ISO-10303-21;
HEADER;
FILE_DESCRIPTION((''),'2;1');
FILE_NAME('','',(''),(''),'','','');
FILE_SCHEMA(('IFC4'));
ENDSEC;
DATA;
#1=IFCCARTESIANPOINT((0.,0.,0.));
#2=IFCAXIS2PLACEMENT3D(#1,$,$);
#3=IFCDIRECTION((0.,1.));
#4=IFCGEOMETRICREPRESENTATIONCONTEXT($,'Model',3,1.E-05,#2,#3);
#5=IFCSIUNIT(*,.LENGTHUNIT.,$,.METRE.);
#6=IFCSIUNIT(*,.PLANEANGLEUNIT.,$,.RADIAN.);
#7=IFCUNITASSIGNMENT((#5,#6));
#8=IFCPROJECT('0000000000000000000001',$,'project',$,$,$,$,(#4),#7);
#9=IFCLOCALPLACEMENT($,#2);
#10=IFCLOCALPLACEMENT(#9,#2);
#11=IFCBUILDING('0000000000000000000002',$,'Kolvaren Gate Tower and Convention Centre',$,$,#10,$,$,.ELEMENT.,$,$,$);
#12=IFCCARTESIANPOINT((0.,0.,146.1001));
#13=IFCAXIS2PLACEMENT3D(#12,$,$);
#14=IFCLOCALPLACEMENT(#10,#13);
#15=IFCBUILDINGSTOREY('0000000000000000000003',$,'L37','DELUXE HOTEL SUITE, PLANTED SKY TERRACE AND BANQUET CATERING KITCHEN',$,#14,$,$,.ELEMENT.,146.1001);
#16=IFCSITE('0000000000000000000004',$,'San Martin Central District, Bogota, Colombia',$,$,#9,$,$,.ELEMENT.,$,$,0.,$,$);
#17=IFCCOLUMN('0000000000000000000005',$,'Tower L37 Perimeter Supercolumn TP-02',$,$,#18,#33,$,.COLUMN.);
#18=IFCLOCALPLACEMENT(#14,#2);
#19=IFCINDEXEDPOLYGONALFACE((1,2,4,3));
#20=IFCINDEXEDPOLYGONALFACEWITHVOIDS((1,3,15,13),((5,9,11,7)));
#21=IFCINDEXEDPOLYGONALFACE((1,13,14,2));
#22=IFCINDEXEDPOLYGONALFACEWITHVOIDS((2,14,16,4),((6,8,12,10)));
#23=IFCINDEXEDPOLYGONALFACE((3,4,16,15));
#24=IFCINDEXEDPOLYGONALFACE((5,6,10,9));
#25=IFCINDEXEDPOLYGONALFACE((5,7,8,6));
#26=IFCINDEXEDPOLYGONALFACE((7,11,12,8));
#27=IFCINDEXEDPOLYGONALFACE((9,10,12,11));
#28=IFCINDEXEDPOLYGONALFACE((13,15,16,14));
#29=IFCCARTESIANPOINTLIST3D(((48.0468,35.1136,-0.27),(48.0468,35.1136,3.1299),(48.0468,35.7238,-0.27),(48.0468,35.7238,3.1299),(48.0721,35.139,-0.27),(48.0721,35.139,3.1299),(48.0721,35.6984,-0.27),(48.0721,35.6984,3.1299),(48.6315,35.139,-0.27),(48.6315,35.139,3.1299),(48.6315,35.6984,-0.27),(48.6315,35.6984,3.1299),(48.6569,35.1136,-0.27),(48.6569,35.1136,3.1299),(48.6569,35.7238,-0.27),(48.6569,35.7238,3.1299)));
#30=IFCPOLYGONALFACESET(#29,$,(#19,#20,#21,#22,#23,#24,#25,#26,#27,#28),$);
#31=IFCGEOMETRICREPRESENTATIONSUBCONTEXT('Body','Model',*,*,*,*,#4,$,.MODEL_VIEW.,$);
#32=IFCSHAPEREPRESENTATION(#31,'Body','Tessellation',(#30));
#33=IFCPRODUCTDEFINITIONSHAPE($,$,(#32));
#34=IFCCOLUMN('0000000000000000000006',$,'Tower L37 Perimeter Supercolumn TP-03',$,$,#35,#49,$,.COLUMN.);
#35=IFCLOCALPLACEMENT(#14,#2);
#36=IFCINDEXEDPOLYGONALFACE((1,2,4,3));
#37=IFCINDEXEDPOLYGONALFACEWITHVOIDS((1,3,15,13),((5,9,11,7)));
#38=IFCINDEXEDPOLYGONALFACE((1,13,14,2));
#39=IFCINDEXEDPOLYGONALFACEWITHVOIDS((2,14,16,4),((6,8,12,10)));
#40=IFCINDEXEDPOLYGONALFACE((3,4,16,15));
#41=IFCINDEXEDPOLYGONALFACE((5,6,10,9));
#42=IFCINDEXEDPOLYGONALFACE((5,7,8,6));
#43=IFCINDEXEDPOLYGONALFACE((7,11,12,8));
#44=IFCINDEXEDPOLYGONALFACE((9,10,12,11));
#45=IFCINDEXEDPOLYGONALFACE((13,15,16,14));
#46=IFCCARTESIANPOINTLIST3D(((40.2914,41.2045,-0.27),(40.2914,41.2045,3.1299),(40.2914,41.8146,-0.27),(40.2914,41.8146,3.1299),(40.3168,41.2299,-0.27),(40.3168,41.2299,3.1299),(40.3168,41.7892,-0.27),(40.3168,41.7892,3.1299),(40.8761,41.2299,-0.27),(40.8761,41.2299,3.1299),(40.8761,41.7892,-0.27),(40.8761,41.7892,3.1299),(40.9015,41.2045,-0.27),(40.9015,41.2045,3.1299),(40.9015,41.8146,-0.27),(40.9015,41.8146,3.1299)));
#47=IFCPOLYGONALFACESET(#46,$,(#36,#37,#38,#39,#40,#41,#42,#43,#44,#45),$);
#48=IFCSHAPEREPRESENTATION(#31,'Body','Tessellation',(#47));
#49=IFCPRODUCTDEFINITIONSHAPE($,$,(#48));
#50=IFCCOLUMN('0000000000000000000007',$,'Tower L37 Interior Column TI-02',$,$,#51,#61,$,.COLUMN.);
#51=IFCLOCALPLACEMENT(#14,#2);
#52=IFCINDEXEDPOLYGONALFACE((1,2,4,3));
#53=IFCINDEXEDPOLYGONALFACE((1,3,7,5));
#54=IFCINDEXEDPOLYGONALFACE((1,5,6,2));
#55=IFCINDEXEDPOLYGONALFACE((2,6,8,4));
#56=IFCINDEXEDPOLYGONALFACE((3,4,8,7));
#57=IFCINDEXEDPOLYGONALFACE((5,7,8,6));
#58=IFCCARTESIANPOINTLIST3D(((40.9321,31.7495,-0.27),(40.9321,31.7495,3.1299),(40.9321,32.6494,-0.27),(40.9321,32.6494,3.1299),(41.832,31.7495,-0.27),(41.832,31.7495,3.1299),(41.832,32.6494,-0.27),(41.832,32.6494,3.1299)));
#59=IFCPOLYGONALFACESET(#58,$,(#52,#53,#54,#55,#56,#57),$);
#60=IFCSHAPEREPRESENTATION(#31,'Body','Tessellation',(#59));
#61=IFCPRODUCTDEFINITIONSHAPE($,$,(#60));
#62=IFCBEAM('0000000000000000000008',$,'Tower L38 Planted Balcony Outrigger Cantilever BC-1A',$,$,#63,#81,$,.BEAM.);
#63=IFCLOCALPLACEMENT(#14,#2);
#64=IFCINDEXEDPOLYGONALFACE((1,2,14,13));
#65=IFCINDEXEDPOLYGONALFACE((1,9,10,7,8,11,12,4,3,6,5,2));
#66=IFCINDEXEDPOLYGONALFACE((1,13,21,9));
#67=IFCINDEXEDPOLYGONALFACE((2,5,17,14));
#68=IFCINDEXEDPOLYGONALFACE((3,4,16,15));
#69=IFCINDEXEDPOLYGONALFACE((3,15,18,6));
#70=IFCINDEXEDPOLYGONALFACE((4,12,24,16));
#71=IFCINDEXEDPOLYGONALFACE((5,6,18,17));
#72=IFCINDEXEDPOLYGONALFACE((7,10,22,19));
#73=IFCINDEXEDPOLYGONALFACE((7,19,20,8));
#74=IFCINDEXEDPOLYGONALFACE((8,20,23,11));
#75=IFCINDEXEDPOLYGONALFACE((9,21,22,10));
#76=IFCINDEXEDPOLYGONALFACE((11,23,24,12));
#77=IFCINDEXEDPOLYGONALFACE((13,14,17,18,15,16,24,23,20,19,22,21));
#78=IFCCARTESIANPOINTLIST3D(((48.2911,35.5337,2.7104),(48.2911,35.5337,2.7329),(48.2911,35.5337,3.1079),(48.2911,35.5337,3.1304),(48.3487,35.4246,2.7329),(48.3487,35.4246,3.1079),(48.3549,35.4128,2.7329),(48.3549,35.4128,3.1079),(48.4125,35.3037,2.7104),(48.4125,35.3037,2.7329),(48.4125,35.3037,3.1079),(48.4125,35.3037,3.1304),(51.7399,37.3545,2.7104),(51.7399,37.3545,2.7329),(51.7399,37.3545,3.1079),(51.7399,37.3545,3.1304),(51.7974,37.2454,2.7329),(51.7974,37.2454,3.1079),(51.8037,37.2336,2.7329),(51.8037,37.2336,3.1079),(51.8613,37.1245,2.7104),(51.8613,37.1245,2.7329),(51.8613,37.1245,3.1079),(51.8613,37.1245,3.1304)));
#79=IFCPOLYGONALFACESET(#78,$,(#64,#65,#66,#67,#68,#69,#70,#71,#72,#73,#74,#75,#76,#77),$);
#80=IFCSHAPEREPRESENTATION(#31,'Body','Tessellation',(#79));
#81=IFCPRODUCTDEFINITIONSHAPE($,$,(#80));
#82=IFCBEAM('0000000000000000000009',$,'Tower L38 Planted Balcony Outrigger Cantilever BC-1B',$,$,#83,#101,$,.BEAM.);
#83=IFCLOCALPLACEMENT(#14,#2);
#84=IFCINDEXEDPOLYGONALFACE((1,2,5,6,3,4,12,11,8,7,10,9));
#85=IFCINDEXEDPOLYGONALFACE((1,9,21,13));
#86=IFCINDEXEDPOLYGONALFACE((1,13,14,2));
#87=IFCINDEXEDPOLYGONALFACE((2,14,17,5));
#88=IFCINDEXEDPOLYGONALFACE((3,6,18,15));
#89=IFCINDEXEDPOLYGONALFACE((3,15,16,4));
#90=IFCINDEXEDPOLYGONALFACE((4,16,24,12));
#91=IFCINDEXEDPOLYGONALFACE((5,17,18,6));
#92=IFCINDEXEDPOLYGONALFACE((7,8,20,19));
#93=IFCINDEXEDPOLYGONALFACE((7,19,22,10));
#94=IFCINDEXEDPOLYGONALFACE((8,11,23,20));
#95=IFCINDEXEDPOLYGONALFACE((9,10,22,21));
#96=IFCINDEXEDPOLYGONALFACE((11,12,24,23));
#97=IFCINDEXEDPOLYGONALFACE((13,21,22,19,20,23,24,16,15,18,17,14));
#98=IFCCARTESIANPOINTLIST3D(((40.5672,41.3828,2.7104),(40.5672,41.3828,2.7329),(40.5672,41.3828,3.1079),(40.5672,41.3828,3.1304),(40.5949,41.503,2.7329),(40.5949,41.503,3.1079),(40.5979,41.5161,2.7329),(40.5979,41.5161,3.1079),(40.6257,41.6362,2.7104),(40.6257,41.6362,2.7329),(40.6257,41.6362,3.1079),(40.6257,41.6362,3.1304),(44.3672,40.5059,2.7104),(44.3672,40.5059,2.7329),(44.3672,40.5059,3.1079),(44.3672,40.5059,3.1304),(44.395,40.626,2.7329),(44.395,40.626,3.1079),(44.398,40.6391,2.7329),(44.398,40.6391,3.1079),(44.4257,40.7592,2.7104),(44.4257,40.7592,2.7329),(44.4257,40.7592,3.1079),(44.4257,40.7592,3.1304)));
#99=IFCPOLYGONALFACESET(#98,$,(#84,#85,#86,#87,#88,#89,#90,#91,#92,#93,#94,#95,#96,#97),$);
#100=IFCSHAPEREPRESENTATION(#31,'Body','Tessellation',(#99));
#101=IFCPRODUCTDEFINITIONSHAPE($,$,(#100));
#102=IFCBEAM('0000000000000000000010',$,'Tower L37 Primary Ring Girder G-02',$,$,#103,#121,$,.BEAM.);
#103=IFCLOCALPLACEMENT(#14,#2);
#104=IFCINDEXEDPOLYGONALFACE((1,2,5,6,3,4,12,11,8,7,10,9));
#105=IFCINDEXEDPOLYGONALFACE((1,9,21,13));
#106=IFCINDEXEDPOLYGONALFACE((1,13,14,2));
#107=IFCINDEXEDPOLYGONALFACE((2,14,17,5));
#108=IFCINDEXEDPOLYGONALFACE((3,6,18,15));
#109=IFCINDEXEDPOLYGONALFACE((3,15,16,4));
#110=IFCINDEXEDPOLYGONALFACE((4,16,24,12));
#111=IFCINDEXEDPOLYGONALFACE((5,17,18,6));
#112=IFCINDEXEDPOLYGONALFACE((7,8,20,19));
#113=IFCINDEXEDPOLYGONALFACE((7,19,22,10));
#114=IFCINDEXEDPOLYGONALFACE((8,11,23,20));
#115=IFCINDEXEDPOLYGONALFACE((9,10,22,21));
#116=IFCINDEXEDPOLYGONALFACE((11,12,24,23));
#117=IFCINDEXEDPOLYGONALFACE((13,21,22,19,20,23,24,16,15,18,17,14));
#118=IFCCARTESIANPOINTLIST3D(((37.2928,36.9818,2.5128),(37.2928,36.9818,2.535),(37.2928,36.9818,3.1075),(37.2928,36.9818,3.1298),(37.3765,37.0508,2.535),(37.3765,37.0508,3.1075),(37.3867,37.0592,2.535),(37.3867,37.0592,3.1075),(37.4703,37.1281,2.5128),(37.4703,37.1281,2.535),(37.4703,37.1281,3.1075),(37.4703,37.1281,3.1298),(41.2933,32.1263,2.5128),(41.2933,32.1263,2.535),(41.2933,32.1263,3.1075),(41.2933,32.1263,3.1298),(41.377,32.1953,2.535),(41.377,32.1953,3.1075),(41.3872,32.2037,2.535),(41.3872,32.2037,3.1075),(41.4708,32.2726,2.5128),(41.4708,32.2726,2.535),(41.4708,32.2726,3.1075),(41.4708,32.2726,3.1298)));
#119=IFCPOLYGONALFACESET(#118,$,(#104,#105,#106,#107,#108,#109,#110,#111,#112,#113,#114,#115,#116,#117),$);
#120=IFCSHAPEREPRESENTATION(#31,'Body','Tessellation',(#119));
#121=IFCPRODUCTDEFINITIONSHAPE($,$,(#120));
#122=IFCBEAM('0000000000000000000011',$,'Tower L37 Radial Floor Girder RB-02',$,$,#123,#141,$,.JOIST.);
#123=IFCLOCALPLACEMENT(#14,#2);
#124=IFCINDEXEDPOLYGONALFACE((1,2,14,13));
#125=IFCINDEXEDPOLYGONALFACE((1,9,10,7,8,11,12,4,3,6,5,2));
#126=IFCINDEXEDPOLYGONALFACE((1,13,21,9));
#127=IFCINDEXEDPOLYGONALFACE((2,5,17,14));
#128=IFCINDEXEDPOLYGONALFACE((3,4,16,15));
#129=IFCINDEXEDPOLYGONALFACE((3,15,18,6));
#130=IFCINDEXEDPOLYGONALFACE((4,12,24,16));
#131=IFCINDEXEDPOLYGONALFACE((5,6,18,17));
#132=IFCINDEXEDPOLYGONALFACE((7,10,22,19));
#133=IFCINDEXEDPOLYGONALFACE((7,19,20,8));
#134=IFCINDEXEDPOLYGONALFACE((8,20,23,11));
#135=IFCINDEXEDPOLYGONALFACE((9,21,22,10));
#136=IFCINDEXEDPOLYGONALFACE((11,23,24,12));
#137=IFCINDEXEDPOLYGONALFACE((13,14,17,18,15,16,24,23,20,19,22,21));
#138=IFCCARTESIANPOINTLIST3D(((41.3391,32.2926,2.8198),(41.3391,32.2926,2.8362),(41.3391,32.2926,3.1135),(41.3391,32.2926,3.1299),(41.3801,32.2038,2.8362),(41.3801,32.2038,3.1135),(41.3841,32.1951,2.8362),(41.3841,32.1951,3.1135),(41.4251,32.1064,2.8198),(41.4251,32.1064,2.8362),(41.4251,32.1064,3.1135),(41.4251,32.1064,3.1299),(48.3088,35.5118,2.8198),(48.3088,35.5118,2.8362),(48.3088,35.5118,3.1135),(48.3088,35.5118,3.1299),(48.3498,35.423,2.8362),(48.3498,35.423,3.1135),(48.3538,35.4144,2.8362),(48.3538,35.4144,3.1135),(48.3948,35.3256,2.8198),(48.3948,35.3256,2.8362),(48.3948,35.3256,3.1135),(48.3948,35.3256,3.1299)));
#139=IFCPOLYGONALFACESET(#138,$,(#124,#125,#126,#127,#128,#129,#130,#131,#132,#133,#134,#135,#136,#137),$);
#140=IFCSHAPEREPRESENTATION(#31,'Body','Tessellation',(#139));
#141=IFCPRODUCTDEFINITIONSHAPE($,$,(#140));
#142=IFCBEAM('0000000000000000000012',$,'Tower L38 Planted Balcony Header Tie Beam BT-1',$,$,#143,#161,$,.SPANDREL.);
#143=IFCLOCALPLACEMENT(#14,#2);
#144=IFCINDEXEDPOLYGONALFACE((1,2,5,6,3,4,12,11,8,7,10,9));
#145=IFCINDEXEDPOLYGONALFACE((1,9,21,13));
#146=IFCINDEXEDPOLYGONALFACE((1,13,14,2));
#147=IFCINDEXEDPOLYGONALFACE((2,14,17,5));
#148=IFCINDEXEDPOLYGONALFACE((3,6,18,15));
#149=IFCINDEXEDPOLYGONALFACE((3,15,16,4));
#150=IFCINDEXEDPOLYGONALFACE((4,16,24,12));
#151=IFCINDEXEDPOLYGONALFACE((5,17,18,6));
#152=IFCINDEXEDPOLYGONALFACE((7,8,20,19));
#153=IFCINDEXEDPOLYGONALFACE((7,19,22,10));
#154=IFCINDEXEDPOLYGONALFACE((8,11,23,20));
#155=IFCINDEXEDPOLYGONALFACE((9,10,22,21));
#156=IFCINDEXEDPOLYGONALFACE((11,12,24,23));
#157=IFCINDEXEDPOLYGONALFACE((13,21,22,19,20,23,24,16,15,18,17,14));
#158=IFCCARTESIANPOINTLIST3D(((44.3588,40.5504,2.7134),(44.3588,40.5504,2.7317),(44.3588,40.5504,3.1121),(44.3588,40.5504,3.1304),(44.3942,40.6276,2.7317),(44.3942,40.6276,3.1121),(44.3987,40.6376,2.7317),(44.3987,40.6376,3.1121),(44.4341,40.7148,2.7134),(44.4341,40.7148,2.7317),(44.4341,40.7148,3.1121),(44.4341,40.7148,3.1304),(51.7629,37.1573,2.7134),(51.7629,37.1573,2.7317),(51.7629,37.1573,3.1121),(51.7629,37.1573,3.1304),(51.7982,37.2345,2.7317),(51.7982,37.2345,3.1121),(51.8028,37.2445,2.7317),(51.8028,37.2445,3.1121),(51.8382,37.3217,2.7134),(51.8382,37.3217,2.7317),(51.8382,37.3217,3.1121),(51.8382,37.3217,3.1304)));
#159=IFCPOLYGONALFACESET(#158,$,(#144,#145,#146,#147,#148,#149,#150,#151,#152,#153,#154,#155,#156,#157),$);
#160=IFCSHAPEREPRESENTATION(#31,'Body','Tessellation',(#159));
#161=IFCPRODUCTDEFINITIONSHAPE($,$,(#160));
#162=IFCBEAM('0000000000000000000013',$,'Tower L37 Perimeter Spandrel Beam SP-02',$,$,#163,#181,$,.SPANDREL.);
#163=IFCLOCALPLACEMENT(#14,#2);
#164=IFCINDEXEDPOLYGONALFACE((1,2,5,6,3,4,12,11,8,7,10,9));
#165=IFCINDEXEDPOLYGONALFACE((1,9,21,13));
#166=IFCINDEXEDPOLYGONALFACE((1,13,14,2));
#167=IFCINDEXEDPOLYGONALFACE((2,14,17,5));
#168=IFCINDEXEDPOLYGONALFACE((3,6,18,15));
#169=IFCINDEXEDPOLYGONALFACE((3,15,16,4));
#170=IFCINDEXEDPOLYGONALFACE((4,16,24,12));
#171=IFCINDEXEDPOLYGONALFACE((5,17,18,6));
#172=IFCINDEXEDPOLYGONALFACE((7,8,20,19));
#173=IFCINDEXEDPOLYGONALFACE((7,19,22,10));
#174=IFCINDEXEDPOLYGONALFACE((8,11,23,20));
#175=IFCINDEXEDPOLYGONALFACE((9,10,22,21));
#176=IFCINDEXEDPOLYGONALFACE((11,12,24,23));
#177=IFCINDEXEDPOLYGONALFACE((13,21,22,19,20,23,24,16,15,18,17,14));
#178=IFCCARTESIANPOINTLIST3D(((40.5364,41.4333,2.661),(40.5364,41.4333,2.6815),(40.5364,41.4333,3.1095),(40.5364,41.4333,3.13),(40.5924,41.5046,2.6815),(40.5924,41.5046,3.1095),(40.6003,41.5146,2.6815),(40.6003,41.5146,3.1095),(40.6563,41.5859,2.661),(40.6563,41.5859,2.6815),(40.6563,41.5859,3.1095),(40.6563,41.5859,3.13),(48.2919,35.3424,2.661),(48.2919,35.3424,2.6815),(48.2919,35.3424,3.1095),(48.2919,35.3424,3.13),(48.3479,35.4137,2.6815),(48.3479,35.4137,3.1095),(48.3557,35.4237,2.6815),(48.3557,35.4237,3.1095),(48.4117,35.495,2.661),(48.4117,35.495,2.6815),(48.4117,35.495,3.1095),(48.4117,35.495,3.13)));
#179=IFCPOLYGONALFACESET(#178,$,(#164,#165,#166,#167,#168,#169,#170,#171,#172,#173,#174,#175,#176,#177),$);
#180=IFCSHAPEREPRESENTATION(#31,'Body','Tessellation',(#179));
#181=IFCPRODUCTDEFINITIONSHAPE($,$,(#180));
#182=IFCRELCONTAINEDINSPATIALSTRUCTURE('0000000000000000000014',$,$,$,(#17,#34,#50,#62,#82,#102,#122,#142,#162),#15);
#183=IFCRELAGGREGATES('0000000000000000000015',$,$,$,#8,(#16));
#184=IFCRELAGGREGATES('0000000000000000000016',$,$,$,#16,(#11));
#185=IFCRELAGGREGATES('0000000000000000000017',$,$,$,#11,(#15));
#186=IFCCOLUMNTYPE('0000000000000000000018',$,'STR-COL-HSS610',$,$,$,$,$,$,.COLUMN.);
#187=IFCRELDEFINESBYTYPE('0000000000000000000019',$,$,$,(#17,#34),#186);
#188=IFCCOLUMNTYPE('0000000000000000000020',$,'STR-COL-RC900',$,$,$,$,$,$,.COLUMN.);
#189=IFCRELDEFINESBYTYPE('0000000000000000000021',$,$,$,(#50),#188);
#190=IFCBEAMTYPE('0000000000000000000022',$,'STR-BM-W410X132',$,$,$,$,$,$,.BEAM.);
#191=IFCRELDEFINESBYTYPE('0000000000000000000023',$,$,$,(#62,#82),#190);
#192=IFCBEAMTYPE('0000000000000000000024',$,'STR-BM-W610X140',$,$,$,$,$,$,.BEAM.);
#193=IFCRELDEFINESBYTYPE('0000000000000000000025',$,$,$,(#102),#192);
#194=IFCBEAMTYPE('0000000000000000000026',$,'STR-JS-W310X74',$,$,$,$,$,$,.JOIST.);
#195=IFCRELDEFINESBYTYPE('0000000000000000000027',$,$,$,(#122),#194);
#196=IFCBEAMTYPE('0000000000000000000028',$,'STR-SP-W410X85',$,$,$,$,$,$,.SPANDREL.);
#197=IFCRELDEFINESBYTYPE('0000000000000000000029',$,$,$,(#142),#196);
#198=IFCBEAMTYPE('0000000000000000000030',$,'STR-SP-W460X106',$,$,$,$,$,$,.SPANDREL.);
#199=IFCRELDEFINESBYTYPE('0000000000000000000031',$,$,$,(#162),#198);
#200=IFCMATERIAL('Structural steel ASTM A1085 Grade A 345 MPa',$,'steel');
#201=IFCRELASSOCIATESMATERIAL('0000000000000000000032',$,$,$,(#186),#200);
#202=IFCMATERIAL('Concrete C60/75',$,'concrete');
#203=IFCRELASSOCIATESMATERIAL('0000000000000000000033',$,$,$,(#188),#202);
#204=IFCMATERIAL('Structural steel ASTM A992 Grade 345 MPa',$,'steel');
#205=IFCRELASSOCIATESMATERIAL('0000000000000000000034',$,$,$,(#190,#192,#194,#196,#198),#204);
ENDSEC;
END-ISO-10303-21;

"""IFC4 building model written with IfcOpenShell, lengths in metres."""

from ifc_helpers import new_model, si_unit, direction, frame, origin, origin_2d, place, context, subcontext, project, spatial, rectangle, hollow_rectangle, i_section, extrude, material, material_profile, profile_set, type_object, element, save


model = new_model("IFC4")

# Units and contexts
model_context = context("Model", 3, precision=1e-05, world=origin(), true_north=direction((0.0, 1.0)))
body_context = subcontext(model_context, "Body", "Model", "MODEL_VIEW")
ifc_project = project(units=[si_unit("LENGTHUNIT", "METRE"), si_unit("PLANEANGLEUNIT", "RADIAN")], contexts=[model_context])

# Site, building, storey
site_placement = place(None, origin())
site = spatial("IfcSite", under=ifc_project, at=site_placement, Name="San Martin Central District, Bogota, Colombia", CompositionType="ELEMENT", RefElevation=0.0)
building_placement = place(site_placement, origin())
building = spatial("IfcBuilding", under=site, at=building_placement, Name="Kolvaren Gate Tower and Convention Centre", CompositionType="ELEMENT")
storey_placement = place(building_placement, frame((0.0, 0.0, 146.1001)))
storey = spatial("IfcBuildingStorey", under=building, at=storey_placement, Name="L37", Description="DELUXE HOTEL SUITE, PLANTED SKY TERRACE AND BANQUET CATERING KITCHEN", CompositionType="ELEMENT", Elevation=146.1001)

# Columns
ifc_material_1 = material(Name="Structural steel ASTM A1085 Grade A 345 MPa", Category="steel")
ifc_material_profile_1 = material_profile(ifc_material_1, hollow_rectangle(XDim=0.6101, YDim=0.6101, WallThickness=0.0254, at=origin_2d()), Name="HSS610X610X25.4")
ifc_profile_set_1 = profile_set([ifc_material_profile_1], Name="Structural steel ASTM A1085 Grade A 345 MPa")
column_type_1 = type_object("IfcColumnType", Name="STR-COL-HSS610", PredefinedType="COLUMN", material=ifc_profile_set_1)
for number, where, z_axis, x_axis, name in (
    (1, (48.3518, 35.4187, -0.27), (0.0, 0.0, 1.0), (1.0, 0.0, 0.0), "Tower L37 Perimeter Supercolumn TP-02"),
    (2, (40.5964, 41.5095, -0.27), (0.0, 0.0, 1.0), (1.0, 0.0, 0.0), "Tower L37 Perimeter Supercolumn TP-03"),
):
    element("IfcColumn", number, at=place(storey_placement, frame(where, z_axis=z_axis, x_axis=x_axis)), inside=storey, type_object=column_type_1, Name=name, PredefinedType="COLUMN", context=body_context, shape_type="SweptSolid", body=[
        extrude(hollow_rectangle(XDim=0.6101, YDim=0.6101, WallThickness=0.0254, at=origin_2d()), origin(), (0.0, 0.0, 1.0), 3.3999),
    ])
ifc_material_2 = material(Name="Concrete C60/75", Category="concrete")
ifc_material_profile_2 = material_profile(ifc_material_2, rectangle(XDim=0.8999, YDim=0.8999, at=origin_2d()), Name="RC-COL-900X900")
ifc_profile_set_2 = profile_set([ifc_material_profile_2], Name="Concrete C60/75")
column_type_2 = type_object("IfcColumnType", Name="STR-COL-RC900", PredefinedType="COLUMN", material=ifc_profile_set_2)
column_placement = place(storey_placement, frame((41.3821, 32.1995, -0.27), z_axis=(0.0, 0.0, 1.0), x_axis=(1.0, 0.0, 0.0)))
element("IfcColumn", 3, at=column_placement, inside=storey, type_object=column_type_2, Name="Tower L37 Interior Column TI-02", PredefinedType="COLUMN", context=body_context, shape_type="SweptSolid", body=[
    extrude(rectangle(XDim=0.8999, YDim=0.8999, at=origin_2d()), origin(), (0.0, 0.0, 1.0), 3.3999),
])

# Beams
ifc_material_3 = material(Name="Structural steel ASTM A992 Grade 345 MPa", Category="steel")
ifc_material_profile_3 = material_profile(ifc_material_3, i_section(OverallWidth=0.26, OverallDepth=0.4199, WebThickness=0.0134, FlangeThickness=0.0225, at=origin_2d()), Name="W410X132")
ifc_profile_set_3 = profile_set([ifc_material_profile_3], Name="Structural steel ASTM A992 Grade 345 MPa")
beam_type_1 = type_object("IfcBeamType", Name="STR-BM-W410X132", PredefinedType="BEAM", material=ifc_profile_set_3)
for number, where, z_axis, x_axis, name in (
    (4, (48.3518, 35.4187, 2.9204), (0.884317, 0.466886, 0.0), (-0.466886, 0.884317, 0.0), "Tower L38 Planted Balcony Outrigger Cantilever BC-1A"),
    (5, (40.5964, 41.5095, 2.9204), (0.97439, -0.224864, 0.0), (0.224864, 0.97439, 0.0), "Tower L38 Planted Balcony Outrigger Cantilever BC-1B"),
):
    element("IfcBeam", number, at=place(storey_placement, frame(where, z_axis=z_axis, x_axis=x_axis)), inside=storey, type_object=beam_type_1, Name=name, PredefinedType="BEAM", context=body_context, shape_type="SweptSolid", body=[
        extrude(i_section(OverallWidth=0.26, OverallDepth=0.4199, WebThickness=0.0134, FlangeThickness=0.0225, at=origin_2d()), origin(), (0.0, 0.0, 1.0), 3.8999),
    ])
ifc_material_profile_4 = material_profile(ifc_material_3, i_section(OverallWidth=0.23, OverallDepth=0.6169, WebThickness=0.0132, FlangeThickness=0.0222, at=origin_2d()), Name="W610X140")
ifc_profile_set_4 = profile_set([ifc_material_profile_4], Name="Structural steel ASTM A992 Grade 345 MPa")
beam_type_2 = type_object("IfcBeamType", Name="STR-BM-W610X140", PredefinedType="BEAM", material=ifc_profile_set_4)
beam_1_placement = place(storey_placement, frame((41.3821, 32.1995, 2.8213), z_axis=(-0.635884, 0.771785, 0.0), x_axis=(-0.771785, -0.635884, 0.0)))
element("IfcBeam", 6, at=beam_1_placement, inside=storey, type_object=beam_type_2, Name="Tower L37 Primary Ring Girder G-02", PredefinedType="BEAM", context=body_context, shape_type="SweptSolid", body=[
    extrude(i_section(OverallWidth=0.23, OverallDepth=0.6169, WebThickness=0.0132, FlangeThickness=0.0222, at=origin_2d()), origin(), (0.0, 0.0, 1.0), 6.2913),
])
ifc_material_profile_5 = material_profile(ifc_material_3, i_section(OverallWidth=0.2051, OverallDepth=0.3101, WebThickness=0.0095, FlangeThickness=0.0164, at=origin_2d()), Name="W310X74")
ifc_profile_set_5 = profile_set([ifc_material_profile_5], Name="Structural steel ASTM A992 Grade 345 MPa")
beam_type_3 = type_object("IfcBeamType", Name="STR-JS-W310X74", PredefinedType="JOIST", material=ifc_profile_set_5)
beam_2_placement = place(storey_placement, frame((41.3821, 32.1995, 2.9749), z_axis=(0.907838, 0.41932, 0.0), x_axis=(-0.41932, 0.907838, 0.0)))
element("IfcBeam", 7, at=beam_2_placement, inside=storey, type_object=beam_type_3, Name="Tower L37 Radial Floor Girder RB-02", PredefinedType="JOIST", context=body_context, shape_type="SweptSolid", body=[
    extrude(i_section(OverallWidth=0.2051, OverallDepth=0.3101, WebThickness=0.0095, FlangeThickness=0.0164, at=origin_2d()), origin(), (0.0, 0.0, 1.0), 7.6772),
])
ifc_material_profile_6 = material_profile(ifc_material_3, i_section(OverallWidth=0.1809, OverallDepth=0.417, WebThickness=0.011, FlangeThickness=0.0183, at=origin_2d()), Name="W410X85")
ifc_profile_set_6 = profile_set([ifc_material_profile_6], Name="Structural steel ASTM A992 Grade 345 MPa")
beam_type_4 = type_object("IfcBeamType", Name="STR-SP-W410X85", PredefinedType="SPANDREL", material=ifc_profile_set_6)
beam_3_placement = place(storey_placement, frame((51.8005, 37.2395, 2.9219), z_axis=(-0.909086, 0.416608, 0.0), x_axis=(-0.416608, -0.909086, 0.0)))
element("IfcBeam", 8, at=beam_3_placement, inside=storey, type_object=beam_type_4, Name="Tower L38 Planted Balcony Header Tie Beam BT-1", PredefinedType="SPANDREL", context=body_context, shape_type="SweptSolid", body=[
    extrude(i_section(OverallWidth=0.1809, OverallDepth=0.417, WebThickness=0.011, FlangeThickness=0.0183, at=origin_2d()), origin(), (0.0, 0.0, 1.0), 8.1445),
])
ifc_material_profile_7 = material_profile(ifc_material_3, i_section(OverallWidth=0.1941, OverallDepth=0.469, WebThickness=0.0127, FlangeThickness=0.0205, at=origin_2d()), Name="W460X106")
ifc_profile_set_7 = profile_set([ifc_material_profile_7], Name="Structural steel ASTM A992 Grade 345 MPa")
beam_type_5 = type_object("IfcBeamType", Name="STR-SP-W460X106", PredefinedType="SPANDREL", material=ifc_profile_set_7)
beam_4_placement = place(storey_placement, frame((48.3518, 35.4187, 2.8955), z_axis=(-0.786451, 0.617653, 0.0), x_axis=(-0.617653, -0.786451, 0.0)))
element("IfcBeam", 9, at=beam_4_placement, inside=storey, type_object=beam_type_5, Name="Tower L37 Perimeter Spandrel Beam SP-02", PredefinedType="SPANDREL", context=body_context, shape_type="SweptSolid", body=[
    extrude(i_section(OverallWidth=0.1941, OverallDepth=0.469, WebThickness=0.0127, FlangeThickness=0.0205, at=origin_2d()), origin(), (0.0, 0.0, 1.0), 9.8613),
])

save(model, "model.ifc")
